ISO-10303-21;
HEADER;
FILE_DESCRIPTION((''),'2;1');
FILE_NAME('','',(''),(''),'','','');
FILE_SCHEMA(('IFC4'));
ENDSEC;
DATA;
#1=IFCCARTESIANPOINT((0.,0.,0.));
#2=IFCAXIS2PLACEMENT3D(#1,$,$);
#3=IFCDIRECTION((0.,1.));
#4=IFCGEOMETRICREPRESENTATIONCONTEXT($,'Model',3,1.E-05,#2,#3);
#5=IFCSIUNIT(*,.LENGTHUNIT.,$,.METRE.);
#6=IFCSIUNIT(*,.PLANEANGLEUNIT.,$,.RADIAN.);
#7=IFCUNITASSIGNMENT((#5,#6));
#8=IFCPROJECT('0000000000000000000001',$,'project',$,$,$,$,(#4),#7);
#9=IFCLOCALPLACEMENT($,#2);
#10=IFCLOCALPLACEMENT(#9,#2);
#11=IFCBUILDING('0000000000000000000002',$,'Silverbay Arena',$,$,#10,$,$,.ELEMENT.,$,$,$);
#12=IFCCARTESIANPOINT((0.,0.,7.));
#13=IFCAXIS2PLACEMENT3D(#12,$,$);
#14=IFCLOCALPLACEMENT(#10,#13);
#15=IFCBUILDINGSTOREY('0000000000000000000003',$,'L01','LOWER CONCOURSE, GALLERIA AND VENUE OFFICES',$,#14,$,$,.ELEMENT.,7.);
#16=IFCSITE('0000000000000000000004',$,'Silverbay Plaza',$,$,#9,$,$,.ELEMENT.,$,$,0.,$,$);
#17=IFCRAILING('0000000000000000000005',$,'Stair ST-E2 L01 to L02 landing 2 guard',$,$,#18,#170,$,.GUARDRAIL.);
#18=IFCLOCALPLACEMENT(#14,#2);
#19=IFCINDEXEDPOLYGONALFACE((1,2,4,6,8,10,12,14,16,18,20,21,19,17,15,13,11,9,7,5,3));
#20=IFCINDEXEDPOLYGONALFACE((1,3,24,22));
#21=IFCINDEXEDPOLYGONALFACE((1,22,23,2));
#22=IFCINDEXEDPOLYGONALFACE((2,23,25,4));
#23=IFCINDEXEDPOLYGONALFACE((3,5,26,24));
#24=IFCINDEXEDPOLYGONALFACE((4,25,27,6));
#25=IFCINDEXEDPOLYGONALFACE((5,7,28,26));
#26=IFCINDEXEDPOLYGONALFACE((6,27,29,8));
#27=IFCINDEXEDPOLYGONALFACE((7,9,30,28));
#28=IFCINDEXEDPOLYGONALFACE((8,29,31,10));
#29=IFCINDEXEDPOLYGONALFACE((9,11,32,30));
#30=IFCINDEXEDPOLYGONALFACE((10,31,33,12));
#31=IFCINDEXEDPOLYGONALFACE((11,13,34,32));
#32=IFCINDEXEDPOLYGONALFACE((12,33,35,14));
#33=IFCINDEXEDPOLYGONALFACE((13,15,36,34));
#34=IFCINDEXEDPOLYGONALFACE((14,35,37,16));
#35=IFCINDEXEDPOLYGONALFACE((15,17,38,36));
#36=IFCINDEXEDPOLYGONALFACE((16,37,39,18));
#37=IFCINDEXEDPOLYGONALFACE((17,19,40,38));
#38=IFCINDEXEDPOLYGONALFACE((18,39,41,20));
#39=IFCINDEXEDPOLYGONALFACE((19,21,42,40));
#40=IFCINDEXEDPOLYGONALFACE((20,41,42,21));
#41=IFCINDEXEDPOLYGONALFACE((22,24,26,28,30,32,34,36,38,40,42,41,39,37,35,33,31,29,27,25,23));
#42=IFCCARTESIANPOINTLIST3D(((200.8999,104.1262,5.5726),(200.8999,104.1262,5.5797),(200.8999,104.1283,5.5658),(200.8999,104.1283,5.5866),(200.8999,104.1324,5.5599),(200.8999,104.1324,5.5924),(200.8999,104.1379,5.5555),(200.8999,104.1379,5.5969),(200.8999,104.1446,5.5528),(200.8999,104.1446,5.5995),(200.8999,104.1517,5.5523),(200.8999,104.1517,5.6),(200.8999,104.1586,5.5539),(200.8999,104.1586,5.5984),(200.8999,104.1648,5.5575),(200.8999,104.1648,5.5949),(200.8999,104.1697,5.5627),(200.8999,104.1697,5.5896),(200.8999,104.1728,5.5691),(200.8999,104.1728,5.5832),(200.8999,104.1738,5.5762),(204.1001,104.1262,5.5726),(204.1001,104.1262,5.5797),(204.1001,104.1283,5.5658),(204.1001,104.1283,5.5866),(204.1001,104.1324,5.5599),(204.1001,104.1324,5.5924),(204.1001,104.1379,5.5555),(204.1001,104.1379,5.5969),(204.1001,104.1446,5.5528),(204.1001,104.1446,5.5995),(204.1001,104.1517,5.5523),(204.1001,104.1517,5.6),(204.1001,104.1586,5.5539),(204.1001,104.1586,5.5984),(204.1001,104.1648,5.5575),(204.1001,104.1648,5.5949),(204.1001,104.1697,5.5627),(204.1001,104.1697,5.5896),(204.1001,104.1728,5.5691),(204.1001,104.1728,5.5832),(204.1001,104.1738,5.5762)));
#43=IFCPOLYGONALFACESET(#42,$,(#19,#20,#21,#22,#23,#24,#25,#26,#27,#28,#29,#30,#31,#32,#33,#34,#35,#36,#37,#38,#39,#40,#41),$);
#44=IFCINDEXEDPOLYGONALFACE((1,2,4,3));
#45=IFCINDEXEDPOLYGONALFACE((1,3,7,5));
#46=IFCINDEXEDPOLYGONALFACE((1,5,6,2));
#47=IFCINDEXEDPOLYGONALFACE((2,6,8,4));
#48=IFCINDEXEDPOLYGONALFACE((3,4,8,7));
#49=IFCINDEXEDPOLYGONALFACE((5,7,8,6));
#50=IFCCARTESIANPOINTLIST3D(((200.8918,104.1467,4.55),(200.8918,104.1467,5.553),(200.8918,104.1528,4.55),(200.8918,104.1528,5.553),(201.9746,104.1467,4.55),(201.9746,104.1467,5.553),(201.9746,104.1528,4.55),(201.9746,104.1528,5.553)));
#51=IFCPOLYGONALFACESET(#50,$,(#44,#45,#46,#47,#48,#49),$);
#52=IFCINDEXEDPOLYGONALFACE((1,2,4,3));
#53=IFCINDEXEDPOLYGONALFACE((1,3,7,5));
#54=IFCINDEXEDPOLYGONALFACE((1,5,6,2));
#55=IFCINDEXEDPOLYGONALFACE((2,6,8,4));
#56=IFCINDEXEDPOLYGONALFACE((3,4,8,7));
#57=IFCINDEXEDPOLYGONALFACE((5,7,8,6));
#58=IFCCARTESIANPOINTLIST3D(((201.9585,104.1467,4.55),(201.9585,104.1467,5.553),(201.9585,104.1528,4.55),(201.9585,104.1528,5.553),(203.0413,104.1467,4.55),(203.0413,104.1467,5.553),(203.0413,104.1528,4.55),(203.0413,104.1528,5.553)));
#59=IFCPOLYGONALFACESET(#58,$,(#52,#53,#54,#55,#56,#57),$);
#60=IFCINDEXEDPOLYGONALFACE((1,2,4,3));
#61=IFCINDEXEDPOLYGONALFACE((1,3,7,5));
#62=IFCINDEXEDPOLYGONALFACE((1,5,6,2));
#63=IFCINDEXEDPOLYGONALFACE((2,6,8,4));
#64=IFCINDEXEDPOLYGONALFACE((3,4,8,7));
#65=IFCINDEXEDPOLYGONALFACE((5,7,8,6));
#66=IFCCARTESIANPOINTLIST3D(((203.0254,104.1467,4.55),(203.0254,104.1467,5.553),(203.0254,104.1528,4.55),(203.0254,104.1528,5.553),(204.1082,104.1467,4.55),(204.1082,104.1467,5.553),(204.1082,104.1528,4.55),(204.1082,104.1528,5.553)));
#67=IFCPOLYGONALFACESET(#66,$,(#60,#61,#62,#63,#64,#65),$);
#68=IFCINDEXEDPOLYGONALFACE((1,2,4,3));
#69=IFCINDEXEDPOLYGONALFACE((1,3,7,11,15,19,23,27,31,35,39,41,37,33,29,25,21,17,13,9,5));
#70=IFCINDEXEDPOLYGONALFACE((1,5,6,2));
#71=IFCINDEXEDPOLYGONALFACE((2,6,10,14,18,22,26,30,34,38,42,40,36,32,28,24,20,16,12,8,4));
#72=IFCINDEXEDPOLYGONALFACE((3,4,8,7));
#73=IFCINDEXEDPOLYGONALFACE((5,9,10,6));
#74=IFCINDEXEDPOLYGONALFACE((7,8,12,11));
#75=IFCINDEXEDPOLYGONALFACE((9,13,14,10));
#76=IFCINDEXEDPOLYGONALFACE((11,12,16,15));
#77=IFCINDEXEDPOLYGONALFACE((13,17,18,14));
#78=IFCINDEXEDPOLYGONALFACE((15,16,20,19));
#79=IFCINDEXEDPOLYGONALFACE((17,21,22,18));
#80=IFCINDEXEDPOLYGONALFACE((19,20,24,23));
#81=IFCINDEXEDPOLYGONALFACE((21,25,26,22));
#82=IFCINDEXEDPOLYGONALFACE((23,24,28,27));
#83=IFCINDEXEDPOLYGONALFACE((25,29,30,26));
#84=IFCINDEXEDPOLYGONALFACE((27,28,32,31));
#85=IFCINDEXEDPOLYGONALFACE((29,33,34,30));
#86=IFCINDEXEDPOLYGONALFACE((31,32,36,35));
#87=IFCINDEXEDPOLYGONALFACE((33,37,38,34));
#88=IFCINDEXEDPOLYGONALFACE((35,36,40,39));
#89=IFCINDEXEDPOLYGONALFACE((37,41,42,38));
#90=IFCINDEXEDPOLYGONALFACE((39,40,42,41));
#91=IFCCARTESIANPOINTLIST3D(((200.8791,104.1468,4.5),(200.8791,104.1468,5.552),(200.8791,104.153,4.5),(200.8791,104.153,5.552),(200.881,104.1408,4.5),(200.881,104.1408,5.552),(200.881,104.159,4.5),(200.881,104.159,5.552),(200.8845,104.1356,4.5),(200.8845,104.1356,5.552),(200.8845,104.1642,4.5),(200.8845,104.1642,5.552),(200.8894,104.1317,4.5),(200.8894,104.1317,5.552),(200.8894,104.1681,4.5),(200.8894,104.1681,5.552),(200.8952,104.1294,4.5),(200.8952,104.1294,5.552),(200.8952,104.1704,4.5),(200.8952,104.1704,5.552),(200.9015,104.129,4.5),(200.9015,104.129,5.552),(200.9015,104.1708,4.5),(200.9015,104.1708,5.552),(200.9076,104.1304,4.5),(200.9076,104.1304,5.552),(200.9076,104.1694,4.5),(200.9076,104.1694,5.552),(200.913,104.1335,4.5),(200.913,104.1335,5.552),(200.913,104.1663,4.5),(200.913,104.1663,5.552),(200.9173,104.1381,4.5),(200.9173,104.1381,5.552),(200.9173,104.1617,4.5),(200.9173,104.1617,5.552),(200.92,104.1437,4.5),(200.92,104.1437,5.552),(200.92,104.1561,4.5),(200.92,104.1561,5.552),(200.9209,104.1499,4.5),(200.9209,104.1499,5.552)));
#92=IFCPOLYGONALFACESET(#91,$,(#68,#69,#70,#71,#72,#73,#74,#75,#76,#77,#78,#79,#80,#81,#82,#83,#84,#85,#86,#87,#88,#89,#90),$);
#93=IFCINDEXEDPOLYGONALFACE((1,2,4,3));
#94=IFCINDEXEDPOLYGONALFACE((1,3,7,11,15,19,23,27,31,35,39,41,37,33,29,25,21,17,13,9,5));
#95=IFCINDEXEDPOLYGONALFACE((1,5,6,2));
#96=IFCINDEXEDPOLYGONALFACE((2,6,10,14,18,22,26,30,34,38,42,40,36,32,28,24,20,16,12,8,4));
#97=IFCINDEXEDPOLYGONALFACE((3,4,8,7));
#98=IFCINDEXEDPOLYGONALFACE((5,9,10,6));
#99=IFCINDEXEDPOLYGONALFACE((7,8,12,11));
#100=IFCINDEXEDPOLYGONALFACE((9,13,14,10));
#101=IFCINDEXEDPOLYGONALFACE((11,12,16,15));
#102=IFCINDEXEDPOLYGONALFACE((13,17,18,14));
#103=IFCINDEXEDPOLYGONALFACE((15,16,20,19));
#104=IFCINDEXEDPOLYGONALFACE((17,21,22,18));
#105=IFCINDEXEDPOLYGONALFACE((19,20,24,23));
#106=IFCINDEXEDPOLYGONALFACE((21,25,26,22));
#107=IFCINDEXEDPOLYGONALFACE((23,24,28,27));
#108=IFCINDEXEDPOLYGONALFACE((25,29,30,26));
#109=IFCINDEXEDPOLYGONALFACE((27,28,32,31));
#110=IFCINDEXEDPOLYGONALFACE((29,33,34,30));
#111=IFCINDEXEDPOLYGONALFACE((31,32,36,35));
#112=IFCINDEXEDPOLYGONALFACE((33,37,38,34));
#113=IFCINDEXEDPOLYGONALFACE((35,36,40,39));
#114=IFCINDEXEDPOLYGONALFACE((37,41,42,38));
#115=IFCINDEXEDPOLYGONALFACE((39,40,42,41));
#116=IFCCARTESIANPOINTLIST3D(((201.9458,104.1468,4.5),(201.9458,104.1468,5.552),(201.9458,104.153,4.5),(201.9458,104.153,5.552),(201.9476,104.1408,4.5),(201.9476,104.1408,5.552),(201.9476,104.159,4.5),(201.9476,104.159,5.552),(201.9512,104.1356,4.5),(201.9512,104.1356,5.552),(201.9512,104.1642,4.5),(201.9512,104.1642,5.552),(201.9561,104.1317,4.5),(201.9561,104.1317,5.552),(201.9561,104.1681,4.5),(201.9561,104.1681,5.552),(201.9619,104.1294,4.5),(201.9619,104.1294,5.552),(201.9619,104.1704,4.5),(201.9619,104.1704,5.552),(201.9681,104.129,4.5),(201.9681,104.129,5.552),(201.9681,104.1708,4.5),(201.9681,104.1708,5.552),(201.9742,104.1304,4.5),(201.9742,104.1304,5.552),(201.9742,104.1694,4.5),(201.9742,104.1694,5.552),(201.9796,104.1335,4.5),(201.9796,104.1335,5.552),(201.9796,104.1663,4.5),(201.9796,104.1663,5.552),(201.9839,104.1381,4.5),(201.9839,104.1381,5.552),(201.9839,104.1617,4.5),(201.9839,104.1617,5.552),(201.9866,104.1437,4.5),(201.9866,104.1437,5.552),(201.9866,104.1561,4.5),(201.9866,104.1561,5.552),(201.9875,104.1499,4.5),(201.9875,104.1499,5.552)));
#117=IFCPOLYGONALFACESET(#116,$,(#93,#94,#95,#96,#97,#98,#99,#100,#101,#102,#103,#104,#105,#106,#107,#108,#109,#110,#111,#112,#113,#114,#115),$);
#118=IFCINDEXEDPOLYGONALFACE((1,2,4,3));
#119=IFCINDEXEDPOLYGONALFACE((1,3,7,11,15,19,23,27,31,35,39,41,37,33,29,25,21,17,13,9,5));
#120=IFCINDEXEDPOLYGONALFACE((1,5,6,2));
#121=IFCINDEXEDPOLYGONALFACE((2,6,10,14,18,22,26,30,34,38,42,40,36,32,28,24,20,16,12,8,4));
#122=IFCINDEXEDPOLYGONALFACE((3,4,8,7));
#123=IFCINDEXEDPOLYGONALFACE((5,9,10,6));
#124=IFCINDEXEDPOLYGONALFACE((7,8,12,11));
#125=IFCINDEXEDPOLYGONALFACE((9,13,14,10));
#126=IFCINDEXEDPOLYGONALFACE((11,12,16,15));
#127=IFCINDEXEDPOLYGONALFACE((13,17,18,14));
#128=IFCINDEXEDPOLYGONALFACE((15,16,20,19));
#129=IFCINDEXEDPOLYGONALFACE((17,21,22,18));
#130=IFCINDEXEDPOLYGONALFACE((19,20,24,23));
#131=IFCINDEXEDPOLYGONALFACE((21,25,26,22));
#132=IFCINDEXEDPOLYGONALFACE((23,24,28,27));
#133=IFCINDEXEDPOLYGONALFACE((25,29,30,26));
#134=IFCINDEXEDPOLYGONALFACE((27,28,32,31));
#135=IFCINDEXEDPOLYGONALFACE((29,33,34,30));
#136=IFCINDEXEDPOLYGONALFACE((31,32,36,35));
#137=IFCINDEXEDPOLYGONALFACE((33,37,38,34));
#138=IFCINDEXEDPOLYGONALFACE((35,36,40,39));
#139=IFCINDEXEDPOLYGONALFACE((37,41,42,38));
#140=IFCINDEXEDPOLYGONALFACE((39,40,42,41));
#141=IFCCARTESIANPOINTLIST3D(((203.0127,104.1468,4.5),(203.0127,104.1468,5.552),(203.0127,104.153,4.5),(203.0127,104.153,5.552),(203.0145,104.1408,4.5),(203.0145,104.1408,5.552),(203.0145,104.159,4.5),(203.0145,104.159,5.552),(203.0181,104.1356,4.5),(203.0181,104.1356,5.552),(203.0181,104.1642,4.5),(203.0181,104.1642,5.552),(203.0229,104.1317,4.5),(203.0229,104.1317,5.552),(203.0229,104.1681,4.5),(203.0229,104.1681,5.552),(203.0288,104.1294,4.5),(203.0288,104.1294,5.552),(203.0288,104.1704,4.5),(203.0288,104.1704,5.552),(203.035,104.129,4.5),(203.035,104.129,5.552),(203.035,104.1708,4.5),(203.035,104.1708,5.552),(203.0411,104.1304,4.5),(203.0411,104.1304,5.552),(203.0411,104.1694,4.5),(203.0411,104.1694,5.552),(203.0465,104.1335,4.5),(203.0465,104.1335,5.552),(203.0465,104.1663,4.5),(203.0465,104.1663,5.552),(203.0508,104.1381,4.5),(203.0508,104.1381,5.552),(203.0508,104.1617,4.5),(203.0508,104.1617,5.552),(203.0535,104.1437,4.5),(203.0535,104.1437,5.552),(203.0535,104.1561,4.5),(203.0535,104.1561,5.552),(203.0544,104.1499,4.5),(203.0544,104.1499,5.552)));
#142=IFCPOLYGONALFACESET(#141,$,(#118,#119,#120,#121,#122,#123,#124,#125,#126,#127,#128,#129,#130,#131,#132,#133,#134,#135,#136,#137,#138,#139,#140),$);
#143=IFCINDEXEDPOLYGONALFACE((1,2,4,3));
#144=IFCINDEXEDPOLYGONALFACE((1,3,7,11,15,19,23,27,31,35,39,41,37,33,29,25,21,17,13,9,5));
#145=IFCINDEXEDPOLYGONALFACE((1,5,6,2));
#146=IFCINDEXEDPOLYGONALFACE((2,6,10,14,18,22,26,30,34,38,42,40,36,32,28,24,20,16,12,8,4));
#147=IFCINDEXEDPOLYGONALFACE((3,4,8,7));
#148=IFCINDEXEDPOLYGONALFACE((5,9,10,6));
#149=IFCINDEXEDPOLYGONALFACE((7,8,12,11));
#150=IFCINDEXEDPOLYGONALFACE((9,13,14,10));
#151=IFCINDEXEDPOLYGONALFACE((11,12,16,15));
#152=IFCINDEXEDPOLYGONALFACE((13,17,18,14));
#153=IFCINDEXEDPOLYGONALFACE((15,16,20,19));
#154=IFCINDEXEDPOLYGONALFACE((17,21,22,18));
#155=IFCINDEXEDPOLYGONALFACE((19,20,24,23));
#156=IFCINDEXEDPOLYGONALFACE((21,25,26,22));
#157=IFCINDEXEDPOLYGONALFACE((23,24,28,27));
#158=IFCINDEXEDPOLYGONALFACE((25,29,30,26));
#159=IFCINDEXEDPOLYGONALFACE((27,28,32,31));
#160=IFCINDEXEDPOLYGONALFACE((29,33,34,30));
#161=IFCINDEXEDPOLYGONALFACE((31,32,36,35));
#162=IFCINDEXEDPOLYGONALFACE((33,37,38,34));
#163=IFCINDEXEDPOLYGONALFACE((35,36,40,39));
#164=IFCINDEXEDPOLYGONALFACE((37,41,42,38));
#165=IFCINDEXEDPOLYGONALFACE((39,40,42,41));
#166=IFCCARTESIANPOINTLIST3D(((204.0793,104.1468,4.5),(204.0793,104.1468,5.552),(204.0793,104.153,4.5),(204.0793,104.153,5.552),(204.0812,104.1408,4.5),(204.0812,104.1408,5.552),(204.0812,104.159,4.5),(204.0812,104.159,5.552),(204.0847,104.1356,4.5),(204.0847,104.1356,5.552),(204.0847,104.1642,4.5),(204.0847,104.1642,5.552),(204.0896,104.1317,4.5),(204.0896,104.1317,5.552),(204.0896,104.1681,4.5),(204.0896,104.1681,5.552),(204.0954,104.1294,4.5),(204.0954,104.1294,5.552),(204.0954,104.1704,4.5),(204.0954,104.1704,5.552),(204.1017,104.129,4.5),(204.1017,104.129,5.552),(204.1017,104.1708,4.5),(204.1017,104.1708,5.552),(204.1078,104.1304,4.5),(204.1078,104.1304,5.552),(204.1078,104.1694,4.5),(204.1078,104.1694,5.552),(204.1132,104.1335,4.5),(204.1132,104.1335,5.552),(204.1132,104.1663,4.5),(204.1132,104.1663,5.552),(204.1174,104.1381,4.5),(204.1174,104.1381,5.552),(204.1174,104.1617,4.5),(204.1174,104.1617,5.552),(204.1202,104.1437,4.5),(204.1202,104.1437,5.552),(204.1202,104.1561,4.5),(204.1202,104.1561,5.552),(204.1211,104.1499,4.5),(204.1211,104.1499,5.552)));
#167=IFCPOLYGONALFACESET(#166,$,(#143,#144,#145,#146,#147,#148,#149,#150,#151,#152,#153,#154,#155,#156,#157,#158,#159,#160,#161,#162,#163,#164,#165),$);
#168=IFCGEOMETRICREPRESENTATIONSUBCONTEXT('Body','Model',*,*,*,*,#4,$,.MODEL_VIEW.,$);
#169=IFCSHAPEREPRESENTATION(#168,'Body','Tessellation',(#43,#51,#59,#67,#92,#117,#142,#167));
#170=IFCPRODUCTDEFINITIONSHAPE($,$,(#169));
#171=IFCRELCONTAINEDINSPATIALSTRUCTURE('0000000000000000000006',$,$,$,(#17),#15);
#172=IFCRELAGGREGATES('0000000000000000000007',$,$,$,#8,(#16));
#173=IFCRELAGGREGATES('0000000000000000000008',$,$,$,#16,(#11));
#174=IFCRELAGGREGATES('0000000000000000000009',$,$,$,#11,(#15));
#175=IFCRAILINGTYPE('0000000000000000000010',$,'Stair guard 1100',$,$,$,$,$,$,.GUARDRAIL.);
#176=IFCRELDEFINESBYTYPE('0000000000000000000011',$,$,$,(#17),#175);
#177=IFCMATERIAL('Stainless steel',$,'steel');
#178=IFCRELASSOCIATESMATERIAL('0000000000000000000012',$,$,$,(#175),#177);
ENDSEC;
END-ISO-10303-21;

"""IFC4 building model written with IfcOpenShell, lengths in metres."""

from ifc_helpers import new_model, si_unit, direction, frame, origin, origin_2d, place, context, subcontext, project, spatial, polyline, circle, outline, extrude, material, type_object, element, save


model = new_model("IFC4")

# Units and contexts
model_context = context("Model", 3, precision=1e-05, world=origin(), true_north=direction((0.0, 1.0)))
body_context = subcontext(model_context, "Body", "Model", "MODEL_VIEW")
ifc_project = project(units=[si_unit("LENGTHUNIT", "METRE"), si_unit("PLANEANGLEUNIT", "RADIAN")], contexts=[model_context])

# Site, building, storey
site_placement = place(None, origin())
site = spatial("IfcSite", under=ifc_project, at=site_placement, Name="Silverbay Plaza", CompositionType="ELEMENT", RefElevation=0.0)
building_placement = place(site_placement, origin())
building = spatial("IfcBuilding", under=site, at=building_placement, Name="Silverbay Arena", CompositionType="ELEMENT")
storey_placement = place(building_placement, frame((0.0, 0.0, 7.0)))
storey = spatial("IfcBuildingStorey", under=building, at=storey_placement, Name="L01", Description="LOWER CONCOURSE, GALLERIA AND VENUE OFFICES", CompositionType="ELEMENT", Elevation=7.0)

# Railing
ifc_material_1 = material(Name="Stainless steel", Category="steel")
railing_type_1 = type_object("IfcRailingType", Name="Stair guard 1100", PredefinedType="GUARDRAIL", material=ifc_material_1)
for number, where, name in (
    (1, (200.8999, 104.1499, 4.5), "Stair ST-E2 L01 to L02 landing 2 guard"),
):
    element("IfcRailing", number, at=place(storey_placement, frame(where)), inside=storey, type_object=railing_type_1, Name=name, PredefinedType="GUARDRAIL", context=body_context, shape_type="SweptSolid", body=[
        extrude(circle(Radius=0.0239, at=origin_2d()), frame((0.0, 0.0, 1.0762), z_axis=(1.0, 0.0, 0.0), x_axis=(0.0, 1.0, 0.0)), (0.0, 0.0, 1.0), 3.2002),
        extrude(outline(polyline([(-0.0081, 0.05), (1.0747, 0.05), (1.0747, 1.053), (-0.0081, 1.053), (-0.0081, 0.05)])), frame((0.0, 0.0029, 0.0), z_axis=(0.0, -1.0, 0.0), x_axis=(1.0, 0.0, 0.0)), (0.0, 0.0, 1.0), 0.0061),
        extrude(outline(polyline([(-0.0081, 0.05), (1.0747, 0.05), (1.0747, 1.053), (-0.0081, 1.053), (-0.0081, 0.05)])), frame((1.0667, 0.0029, 0.0), z_axis=(0.0, -1.0, 0.0), x_axis=(1.0, 0.0, 0.0)), (0.0, 0.0, 1.0), 0.0061),
        extrude(outline(polyline([(-0.0081, 0.05), (1.0747, 0.05), (1.0747, 1.053), (-0.0081, 1.053), (-0.0081, 0.05)])), frame((2.1335, 0.0029, 0.0), z_axis=(0.0, -1.0, 0.0), x_axis=(1.0, 0.0, 0.0)), (0.0, 0.0, 1.0), 0.0061),
        extrude(circle(Radius=0.021, at=origin_2d()), origin(), (0.0, 0.0, 1.0), 1.052),
        extrude(circle(Radius=0.021, at=origin_2d()), frame((1.0667, 0.0, 0.0)), (0.0, 0.0, 1.0), 1.052),
        extrude(circle(Radius=0.021, at=origin_2d()), frame((2.1335, 0.0, 0.0)), (0.0, 0.0, 1.0), 1.052),
        extrude(circle(Radius=0.021, at=origin_2d()), frame((3.2002, 0.0, 0.0)), (0.0, 0.0, 1.0), 1.052),
    ])

save(model, "model.ifc")
